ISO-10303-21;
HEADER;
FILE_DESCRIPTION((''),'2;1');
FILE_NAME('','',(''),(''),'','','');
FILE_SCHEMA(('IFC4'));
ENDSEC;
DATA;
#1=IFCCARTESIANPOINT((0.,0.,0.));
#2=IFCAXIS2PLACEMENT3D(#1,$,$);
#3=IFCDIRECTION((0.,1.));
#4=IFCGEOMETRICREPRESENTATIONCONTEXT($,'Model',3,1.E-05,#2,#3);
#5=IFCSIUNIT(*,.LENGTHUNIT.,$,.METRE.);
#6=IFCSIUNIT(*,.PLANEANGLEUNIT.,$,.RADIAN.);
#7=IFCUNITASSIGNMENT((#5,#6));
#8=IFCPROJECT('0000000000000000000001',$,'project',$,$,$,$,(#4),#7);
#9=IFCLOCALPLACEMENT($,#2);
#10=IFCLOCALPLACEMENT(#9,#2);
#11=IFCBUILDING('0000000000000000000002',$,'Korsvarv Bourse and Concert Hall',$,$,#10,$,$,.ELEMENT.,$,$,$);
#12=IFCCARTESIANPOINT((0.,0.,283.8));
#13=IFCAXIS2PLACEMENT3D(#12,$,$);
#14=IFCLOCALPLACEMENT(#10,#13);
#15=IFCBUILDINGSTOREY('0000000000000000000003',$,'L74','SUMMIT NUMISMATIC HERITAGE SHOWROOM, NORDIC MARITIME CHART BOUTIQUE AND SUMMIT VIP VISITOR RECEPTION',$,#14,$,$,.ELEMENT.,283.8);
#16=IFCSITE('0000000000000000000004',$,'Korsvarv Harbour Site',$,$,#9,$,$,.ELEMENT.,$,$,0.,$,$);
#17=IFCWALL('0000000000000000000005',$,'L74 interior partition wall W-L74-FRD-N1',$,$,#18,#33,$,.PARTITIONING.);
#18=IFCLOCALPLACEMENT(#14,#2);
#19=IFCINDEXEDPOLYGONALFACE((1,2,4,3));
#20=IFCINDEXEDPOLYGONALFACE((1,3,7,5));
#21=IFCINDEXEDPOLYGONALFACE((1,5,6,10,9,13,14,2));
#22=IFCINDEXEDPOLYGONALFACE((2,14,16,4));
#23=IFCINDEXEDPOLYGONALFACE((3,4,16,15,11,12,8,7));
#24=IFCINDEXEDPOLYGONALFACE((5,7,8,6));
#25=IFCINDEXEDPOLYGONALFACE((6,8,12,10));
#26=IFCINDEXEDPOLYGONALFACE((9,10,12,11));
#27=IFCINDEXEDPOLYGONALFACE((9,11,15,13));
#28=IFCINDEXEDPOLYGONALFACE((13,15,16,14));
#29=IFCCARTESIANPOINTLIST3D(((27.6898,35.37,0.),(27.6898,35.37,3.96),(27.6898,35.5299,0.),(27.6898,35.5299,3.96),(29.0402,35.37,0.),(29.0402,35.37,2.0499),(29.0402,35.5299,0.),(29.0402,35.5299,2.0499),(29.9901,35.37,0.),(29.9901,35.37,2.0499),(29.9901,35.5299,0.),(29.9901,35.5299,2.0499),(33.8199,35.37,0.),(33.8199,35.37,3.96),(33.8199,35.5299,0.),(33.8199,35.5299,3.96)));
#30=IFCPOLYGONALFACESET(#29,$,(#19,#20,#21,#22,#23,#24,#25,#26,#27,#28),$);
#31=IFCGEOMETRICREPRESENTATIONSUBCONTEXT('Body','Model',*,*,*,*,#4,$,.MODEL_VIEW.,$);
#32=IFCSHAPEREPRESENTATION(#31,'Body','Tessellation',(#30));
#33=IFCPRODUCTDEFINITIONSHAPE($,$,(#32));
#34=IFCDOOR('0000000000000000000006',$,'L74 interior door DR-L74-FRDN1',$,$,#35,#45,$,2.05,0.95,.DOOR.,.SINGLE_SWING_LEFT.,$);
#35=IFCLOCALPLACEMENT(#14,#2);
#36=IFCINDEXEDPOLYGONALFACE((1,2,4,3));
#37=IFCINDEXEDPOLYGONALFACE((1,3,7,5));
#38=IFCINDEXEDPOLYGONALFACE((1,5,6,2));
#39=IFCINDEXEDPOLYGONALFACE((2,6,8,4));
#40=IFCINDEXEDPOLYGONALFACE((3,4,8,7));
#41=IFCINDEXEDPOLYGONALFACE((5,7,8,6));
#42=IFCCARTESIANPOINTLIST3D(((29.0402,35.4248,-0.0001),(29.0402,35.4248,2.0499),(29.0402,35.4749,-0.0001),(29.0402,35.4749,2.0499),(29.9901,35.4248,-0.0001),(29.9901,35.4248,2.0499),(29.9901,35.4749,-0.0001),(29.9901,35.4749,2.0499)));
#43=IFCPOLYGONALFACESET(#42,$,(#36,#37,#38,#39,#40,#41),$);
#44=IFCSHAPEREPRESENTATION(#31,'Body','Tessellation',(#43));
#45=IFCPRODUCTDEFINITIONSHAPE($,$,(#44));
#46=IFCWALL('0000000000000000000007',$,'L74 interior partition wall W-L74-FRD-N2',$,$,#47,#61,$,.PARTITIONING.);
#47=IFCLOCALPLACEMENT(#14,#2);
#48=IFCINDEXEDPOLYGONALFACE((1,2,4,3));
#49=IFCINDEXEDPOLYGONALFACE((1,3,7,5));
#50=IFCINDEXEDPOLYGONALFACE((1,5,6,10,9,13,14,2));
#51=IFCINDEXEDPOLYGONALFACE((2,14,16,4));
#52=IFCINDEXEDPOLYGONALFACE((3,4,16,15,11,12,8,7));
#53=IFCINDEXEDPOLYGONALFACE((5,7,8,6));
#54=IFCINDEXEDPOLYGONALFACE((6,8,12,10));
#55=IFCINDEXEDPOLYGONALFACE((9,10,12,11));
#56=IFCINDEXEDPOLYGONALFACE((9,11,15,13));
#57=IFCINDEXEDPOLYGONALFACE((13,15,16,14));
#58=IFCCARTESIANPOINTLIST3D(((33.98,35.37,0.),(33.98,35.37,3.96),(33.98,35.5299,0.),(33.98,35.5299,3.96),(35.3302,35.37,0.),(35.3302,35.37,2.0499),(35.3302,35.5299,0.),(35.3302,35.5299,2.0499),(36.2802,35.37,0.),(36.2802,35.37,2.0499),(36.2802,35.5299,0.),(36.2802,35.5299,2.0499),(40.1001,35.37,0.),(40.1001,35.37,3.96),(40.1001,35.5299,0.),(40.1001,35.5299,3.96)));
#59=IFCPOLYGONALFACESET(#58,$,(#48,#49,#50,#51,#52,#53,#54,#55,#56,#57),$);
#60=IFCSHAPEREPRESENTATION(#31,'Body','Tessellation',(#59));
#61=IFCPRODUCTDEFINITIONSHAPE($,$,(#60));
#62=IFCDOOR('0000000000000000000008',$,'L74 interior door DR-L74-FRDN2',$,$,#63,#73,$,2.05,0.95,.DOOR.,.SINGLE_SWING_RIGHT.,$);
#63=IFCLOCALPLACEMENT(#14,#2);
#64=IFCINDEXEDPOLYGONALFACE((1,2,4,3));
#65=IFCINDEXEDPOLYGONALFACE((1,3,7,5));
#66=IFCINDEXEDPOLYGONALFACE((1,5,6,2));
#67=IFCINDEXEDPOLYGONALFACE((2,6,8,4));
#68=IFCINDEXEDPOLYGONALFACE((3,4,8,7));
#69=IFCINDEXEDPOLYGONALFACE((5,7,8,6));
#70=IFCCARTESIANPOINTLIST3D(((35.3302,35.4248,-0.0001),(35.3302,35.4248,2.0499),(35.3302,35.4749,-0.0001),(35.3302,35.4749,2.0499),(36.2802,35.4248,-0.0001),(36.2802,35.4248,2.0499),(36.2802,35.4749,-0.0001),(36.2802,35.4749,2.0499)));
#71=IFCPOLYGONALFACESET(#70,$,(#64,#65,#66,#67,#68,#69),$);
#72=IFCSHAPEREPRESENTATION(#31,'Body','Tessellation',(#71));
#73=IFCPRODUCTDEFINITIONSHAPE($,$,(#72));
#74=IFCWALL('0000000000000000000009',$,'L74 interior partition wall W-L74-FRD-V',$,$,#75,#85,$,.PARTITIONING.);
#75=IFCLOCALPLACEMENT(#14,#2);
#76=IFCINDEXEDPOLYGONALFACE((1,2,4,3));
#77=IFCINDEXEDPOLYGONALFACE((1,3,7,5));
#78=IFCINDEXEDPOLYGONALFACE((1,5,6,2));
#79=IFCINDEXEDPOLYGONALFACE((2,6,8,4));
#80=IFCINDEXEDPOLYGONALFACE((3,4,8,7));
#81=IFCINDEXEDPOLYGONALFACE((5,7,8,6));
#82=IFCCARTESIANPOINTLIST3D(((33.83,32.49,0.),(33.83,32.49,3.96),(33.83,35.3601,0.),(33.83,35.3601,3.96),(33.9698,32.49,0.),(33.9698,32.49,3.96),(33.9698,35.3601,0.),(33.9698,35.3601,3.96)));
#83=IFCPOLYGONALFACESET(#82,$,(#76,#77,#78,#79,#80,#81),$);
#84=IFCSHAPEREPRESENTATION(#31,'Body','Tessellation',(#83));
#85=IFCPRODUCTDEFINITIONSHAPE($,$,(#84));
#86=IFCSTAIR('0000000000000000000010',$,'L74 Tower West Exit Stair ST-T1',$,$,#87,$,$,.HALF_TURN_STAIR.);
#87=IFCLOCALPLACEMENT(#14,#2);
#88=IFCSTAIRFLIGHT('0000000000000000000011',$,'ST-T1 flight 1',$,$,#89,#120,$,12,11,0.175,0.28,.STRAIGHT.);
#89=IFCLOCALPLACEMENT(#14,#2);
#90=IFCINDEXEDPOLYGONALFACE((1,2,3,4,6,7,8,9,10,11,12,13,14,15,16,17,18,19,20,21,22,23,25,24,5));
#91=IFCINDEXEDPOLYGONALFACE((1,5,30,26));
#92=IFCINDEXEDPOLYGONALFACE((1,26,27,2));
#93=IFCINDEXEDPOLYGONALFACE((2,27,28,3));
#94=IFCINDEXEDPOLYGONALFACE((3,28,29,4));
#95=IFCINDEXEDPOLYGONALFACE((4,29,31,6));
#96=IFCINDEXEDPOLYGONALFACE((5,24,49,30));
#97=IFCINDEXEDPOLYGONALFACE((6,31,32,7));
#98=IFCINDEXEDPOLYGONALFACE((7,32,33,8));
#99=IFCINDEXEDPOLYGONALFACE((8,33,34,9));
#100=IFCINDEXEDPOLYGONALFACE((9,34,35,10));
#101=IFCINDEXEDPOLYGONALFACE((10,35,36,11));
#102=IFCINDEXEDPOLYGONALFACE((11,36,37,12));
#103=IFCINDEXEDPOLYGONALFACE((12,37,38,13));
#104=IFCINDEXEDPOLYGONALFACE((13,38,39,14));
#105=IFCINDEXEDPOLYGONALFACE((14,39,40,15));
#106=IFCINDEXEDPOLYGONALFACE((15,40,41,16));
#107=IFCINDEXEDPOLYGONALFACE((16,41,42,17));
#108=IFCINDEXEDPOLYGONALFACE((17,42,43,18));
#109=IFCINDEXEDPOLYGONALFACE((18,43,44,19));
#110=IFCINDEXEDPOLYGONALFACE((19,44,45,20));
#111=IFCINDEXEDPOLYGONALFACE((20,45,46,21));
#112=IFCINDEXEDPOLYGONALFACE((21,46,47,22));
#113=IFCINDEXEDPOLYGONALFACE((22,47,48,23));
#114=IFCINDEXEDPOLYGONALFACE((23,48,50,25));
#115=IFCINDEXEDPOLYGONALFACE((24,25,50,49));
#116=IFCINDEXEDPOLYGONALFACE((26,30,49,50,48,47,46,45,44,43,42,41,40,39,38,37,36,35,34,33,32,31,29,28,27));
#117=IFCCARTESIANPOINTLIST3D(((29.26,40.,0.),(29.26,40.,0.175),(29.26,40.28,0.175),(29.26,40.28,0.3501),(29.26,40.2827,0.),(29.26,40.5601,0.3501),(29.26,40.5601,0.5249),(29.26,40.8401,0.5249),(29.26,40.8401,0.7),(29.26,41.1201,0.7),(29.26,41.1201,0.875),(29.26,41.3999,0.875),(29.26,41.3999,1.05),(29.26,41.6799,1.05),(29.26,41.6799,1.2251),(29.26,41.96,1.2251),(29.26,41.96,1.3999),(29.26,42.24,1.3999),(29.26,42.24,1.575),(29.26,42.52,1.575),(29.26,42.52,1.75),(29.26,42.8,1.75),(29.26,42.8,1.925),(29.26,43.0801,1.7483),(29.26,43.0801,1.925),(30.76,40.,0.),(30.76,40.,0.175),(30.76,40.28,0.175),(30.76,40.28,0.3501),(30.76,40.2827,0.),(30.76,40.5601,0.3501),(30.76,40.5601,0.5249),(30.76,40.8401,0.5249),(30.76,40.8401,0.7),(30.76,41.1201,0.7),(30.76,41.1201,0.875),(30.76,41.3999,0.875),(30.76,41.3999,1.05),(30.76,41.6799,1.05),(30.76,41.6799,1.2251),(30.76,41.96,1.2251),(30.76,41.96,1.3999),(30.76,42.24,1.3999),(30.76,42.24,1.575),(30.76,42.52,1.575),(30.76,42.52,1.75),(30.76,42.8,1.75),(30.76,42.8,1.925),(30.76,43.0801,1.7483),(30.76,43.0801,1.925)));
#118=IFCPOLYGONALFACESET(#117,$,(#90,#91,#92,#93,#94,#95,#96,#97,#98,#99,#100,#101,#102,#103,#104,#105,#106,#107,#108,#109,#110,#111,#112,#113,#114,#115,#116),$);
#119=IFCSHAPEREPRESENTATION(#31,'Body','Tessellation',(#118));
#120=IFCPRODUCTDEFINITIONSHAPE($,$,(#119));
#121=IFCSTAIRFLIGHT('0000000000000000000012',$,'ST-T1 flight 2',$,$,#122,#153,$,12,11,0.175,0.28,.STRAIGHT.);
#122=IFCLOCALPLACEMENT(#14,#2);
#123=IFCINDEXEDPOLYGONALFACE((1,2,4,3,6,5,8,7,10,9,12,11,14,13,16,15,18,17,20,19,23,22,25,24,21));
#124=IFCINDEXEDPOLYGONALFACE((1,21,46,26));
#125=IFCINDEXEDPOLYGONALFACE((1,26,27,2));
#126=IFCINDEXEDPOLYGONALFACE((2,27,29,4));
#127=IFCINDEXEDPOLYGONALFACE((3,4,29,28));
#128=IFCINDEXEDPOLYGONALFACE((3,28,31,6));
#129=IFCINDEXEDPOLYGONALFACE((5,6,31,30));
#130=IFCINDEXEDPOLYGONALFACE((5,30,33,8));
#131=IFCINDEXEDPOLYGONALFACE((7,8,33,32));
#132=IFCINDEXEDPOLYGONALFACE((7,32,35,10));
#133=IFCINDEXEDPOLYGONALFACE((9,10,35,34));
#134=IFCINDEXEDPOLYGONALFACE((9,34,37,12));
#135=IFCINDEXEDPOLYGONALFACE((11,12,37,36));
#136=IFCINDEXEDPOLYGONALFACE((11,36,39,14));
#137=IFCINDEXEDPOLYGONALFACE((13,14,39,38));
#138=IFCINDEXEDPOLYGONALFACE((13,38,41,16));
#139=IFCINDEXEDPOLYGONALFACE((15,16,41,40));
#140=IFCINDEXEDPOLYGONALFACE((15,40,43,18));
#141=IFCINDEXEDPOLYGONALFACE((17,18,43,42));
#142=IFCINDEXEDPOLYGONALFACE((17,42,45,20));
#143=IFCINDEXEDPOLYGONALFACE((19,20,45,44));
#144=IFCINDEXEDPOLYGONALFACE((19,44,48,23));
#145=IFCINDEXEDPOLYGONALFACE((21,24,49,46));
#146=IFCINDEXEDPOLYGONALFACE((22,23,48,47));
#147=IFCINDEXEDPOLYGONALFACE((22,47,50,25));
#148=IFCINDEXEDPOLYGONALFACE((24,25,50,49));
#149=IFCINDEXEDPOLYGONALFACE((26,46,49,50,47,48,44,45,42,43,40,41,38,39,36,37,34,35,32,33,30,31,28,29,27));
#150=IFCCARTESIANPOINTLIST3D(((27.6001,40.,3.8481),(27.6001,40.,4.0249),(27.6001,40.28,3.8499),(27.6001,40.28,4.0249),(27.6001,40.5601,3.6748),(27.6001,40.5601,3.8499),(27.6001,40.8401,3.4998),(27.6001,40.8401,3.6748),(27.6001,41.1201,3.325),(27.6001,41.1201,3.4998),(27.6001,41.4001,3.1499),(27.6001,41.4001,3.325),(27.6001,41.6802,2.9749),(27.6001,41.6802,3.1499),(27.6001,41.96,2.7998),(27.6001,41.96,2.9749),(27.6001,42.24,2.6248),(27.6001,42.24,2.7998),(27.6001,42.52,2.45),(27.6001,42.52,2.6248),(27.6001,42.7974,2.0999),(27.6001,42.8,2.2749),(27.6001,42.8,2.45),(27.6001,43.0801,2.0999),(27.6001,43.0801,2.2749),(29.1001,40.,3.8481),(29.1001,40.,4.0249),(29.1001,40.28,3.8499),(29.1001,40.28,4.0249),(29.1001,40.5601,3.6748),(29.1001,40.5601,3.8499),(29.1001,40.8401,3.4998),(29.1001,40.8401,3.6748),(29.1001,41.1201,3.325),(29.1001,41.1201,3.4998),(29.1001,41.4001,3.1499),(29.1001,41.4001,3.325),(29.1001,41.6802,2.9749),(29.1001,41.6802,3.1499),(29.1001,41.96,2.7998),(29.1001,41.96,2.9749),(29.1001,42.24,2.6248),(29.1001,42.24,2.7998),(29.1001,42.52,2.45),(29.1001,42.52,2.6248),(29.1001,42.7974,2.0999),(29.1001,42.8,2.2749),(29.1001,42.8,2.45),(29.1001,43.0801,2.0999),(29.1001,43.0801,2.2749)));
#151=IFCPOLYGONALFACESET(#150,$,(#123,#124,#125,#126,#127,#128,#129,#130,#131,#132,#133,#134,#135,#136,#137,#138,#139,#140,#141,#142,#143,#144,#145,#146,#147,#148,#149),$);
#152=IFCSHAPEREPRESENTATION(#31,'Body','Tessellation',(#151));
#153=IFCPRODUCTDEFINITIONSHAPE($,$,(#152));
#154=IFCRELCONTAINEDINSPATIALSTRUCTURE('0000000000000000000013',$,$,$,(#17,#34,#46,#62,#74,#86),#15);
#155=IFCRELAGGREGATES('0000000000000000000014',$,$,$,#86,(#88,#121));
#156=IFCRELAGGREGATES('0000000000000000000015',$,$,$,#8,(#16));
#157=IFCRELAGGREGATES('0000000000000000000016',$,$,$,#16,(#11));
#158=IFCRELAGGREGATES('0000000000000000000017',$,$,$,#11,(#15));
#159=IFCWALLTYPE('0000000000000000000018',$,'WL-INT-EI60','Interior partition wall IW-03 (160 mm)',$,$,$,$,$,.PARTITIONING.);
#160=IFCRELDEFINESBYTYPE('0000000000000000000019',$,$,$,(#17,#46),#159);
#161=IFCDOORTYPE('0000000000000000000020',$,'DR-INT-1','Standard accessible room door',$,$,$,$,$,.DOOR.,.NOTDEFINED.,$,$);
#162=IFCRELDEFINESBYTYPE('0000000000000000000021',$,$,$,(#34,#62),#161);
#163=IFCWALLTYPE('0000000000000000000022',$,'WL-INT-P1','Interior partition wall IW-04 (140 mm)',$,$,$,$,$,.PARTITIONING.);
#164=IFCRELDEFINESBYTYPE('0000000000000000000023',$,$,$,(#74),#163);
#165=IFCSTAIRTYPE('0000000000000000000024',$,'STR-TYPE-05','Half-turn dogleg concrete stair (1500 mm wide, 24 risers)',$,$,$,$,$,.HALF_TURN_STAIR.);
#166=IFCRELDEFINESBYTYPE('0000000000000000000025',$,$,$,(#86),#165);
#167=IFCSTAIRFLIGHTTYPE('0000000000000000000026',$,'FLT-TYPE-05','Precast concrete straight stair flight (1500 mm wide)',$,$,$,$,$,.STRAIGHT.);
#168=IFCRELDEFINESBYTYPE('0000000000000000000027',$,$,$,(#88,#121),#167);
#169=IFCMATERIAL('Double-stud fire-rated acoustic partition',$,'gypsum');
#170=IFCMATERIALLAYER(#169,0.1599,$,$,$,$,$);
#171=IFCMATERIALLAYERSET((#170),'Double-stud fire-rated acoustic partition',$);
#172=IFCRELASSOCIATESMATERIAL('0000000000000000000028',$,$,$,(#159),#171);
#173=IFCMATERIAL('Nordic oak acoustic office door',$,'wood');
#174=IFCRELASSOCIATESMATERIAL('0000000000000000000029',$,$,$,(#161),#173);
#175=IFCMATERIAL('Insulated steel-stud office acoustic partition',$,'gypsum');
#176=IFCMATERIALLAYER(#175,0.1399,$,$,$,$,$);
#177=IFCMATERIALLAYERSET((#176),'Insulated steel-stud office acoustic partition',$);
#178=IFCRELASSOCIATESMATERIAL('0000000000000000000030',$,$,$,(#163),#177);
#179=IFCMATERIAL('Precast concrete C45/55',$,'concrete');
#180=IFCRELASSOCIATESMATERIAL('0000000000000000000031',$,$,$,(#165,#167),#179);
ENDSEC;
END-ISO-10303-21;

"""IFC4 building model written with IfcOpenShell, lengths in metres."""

from ifc_helpers import new_model, si_unit, direction, frame, frame_2d, origin, place, context, subcontext, project, spatial, polyline, rectangle, outline, extrude, material, layer, layer_set, type_object, element, fill, aggregate, save


model = new_model("IFC4")

# Units and contexts
model_context = context("Model", 3, precision=1e-05, world=origin(), true_north=direction((0.0, 1.0)))
body_context = subcontext(model_context, "Body", "Model", "MODEL_VIEW")
ifc_project = project(units=[si_unit("LENGTHUNIT", "METRE"), si_unit("PLANEANGLEUNIT", "RADIAN")], contexts=[model_context])

# Site, building, storey
site_placement = place(None, origin())
site = spatial("IfcSite", under=ifc_project, at=site_placement, Name="Korsvarv Harbour Site", CompositionType="ELEMENT", RefElevation=0.0)
building_placement = place(site_placement, origin())
building = spatial("IfcBuilding", under=site, at=building_placement, Name="Korsvarv Bourse and Concert Hall", CompositionType="ELEMENT")
storey_placement = place(building_placement, frame((0.0, 0.0, 283.8)))
storey = spatial("IfcBuildingStorey", under=building, at=storey_placement, Name="L74", Description="SUMMIT NUMISMATIC HERITAGE SHOWROOM, NORDIC MARITIME CHART BOUTIQUE AND SUMMIT VIP VISITOR RECEPTION", CompositionType="ELEMENT", Elevation=283.8)

# Shared definitions
ifc_material_1 = material(Name="Double-stud fire-rated acoustic partition", Category="gypsum")
ifc_layer_1 = layer(ifc_material_1, 0.1599)
ifc_layer_set_1 = layer_set([ifc_layer_1], Name="Double-stud fire-rated acoustic partition")
wall_type_1 = type_object("IfcWallType", Name="WL-INT-EI60", Description="Interior partition wall IW-03 (160 mm)", PredefinedType="PARTITIONING", material=ifc_layer_set_1)

# Walls, openings, doors
wall_1_placement = place(storey_placement, frame((27.6899, 35.45, 0.0), z_axis=(0.0, 0.0, 1.0), x_axis=(1.0, 0.0, 0.0)))
wall_1 = element("IfcWall", 1, at=wall_1_placement, inside=storey, type_object=wall_type_1, Name="L74 interior partition wall W-L74-FRD-N1", PredefinedType="PARTITIONING", context=body_context, shape_type="SweptSolid", body=[
    extrude(rectangle(XDim=6.1301, YDim=0.1599, at=frame_2d((3.0649, 0.0))), origin(), (0.0, 0.0, 1.0), 3.96),
])
opening_1_placement = place(wall_1_placement, frame((1.3501, 0.0, 0.0)))
opening_1 = element("IfcOpeningElement", 2, at=opening_1_placement, cuts=wall_1, PredefinedType="OPENING", context=body_context, shape_type="SweptSolid", body=[
    extrude(rectangle(XDim=0.95, YDim=2.05, at=frame_2d((0.4751, 1.0249))), frame((0.0, 0.0898, 0.0), z_axis=(0.0, -1.0, 0.0), x_axis=(1.0, 0.0, 0.0)), (0.0, 0.0, 1.0), 0.1799),
])
ifc_material_2 = material(Name="Nordic oak acoustic office door", Category="wood")
door_type_1 = type_object("IfcDoorType", Name="DR-INT-1", Description="Standard accessible room door", OperationType="NOTDEFINED", PredefinedType="DOOR", material=ifc_material_2)
door_1_placement = place(opening_1_placement, origin())
door_1 = element("IfcDoor", 3, at=door_1_placement, inside=storey, type_object=door_type_1, Name="L74 interior door DR-L74-FRDN1", OperationType="SINGLE_SWING_LEFT", OverallHeight=2.05, OverallWidth=0.95, PredefinedType="DOOR", context=body_context, shape_type="SweptSolid", body=[
    extrude(rectangle(XDim=0.95, YDim=2.05, at=frame_2d((0.4751, 1.0249))), frame((0.0, 0.0249, 0.0), z_axis=(0.0, -1.0, 0.0), x_axis=(1.0, 0.0, 0.0)), (0.0, 0.0, 1.0), 0.05),
])
fill(opening_1, door_1)
wall_2_placement = place(storey_placement, frame((33.98, 35.45, 0.0), z_axis=(0.0, 0.0, 1.0), x_axis=(1.0, 0.0, 0.0)))
wall_2 = element("IfcWall", 4, at=wall_2_placement, inside=storey, type_object=wall_type_1, Name="L74 interior partition wall W-L74-FRD-N2", PredefinedType="PARTITIONING", context=body_context, shape_type="SweptSolid", body=[
    extrude(rectangle(XDim=6.1201, YDim=0.1599, at=frame_2d((3.0601, 0.0))), origin(), (0.0, 0.0, 1.0), 3.96),
])
opening_2_placement = place(wall_2_placement, frame((1.3501, 0.0, 0.0)))
opening_2 = element("IfcOpeningElement", 5, at=opening_2_placement, cuts=wall_2, PredefinedType="OPENING", context=body_context, shape_type="SweptSolid", body=[
    extrude(rectangle(XDim=0.95, YDim=2.05, at=frame_2d((0.4751, 1.0249))), frame((0.0, 0.0898, 0.0), z_axis=(0.0, -1.0, 0.0), x_axis=(1.0, 0.0, 0.0)), (0.0, 0.0, 1.0), 0.1799),
])
door_2_placement = place(opening_2_placement, origin())
door_2 = element("IfcDoor", 6, at=door_2_placement, inside=storey, type_object=door_type_1, Name="L74 interior door DR-L74-FRDN2", OperationType="SINGLE_SWING_RIGHT", OverallHeight=2.05, OverallWidth=0.95, PredefinedType="DOOR", context=body_context, shape_type="SweptSolid", body=[
    extrude(rectangle(XDim=0.95, YDim=2.05, at=frame_2d((0.4751, 1.0249))), frame((0.0, 0.0249, 0.0), z_axis=(0.0, -1.0, 0.0), x_axis=(1.0, 0.0, 0.0)), (0.0, 0.0, 1.0), 0.05),
])
fill(opening_2, door_2)

# Wall
ifc_material_3 = material(Name="Insulated steel-stud office acoustic partition", Category="gypsum")
ifc_layer_2 = layer(ifc_material_3, 0.1399)
ifc_layer_set_2 = layer_set([ifc_layer_2], Name="Insulated steel-stud office acoustic partition")
wall_type_2 = type_object("IfcWallType", Name="WL-INT-P1", Description="Interior partition wall IW-04 (140 mm)", PredefinedType="PARTITIONING", material=ifc_layer_set_2)
wall_3_placement = place(storey_placement, frame((33.8999, 32.49, 0.0), z_axis=(0.0, 0.0, 1.0), x_axis=(0.0, 1.0, 0.0)))
element("IfcWall", 7, at=wall_3_placement, inside=storey, type_object=wall_type_2, Name="L74 interior partition wall W-L74-FRD-V", PredefinedType="PARTITIONING", context=body_context, shape_type="SweptSolid", body=[
    extrude(rectangle(XDim=2.8701, YDim=0.1399, at=frame_2d((1.4351, 0.0))), origin(), (0.0, 0.0, 1.0), 3.96),
])

# Stair, stair flights
ifc_material_4 = material(Name="Precast concrete C45/55", Category="concrete")
stair_type = type_object("IfcStairType", Name="STR-TYPE-05", Description="Half-turn dogleg concrete stair (1500 mm wide, 24 risers)", PredefinedType="HALF_TURN_STAIR", material=ifc_material_4)
stair_placement = place(storey_placement, origin())
stair = element("IfcStair", 8, at=stair_placement, inside=storey, type_object=stair_type, Name="L74 Tower West Exit Stair ST-T1", PredefinedType="HALF_TURN_STAIR")
stair_flight_type = type_object("IfcStairFlightType", Name="FLT-TYPE-05", Description="Precast concrete straight stair flight (1500 mm wide)", PredefinedType="STRAIGHT", material=ifc_material_4)
stair_flight_1_placement = place(storey_placement, frame((30.01, 40.0, 0.0), z_axis=(0.0, 0.0, 1.0), x_axis=(0.0, 1.0, 0.0)))
stair_flight_1 = element("IfcStairFlight", 9, at=stair_flight_1_placement, type_object=stair_flight_type, Name="ST-T1 flight 1", NumberOfRisers=12, NumberOfTreads=11, PredefinedType="STRAIGHT", RiserHeight=0.175, TreadLength=0.28, context=body_context, shape_type="SweptSolid", body=[
    extrude(outline(polyline([(0.0, 0.0), (0.0, 0.175), (0.28, 0.175), (0.28, 0.3501), (0.5601, 0.3501), (0.5601, 0.5249), (0.8401, 0.5249), (0.8401, 0.7), (1.1201, 0.7), (1.1201, 0.875), (1.3999, 0.875), (1.3999, 1.05), (1.6799, 1.05), (1.6799, 1.2251), (1.96, 1.2251), (1.96, 1.3999), (2.24, 1.3999), (2.24, 1.575), (2.52, 1.575), (2.52, 1.75), (2.8, 1.75), (2.8, 1.925), (3.0801, 1.925), (3.0801, 2.1001), (3.0801, 1.7483), (0.2827, 0.0), (0.0, 0.0)])), frame((0.0, 0.75, 0.0), z_axis=(0.0, -1.0, 0.0), x_axis=(1.0, 0.0, 0.0)), (0.0, 0.0, 1.0), 1.5),
])
stair_flight_2_placement = place(storey_placement, frame((28.3501, 43.0801, 2.0999), z_axis=(0.0, 0.0, 1.0), x_axis=(0.0, -1.0, 0.0)))
stair_flight_2 = element("IfcStairFlight", 10, at=stair_flight_2_placement, type_object=stair_flight_type, Name="ST-T1 flight 2", NumberOfRisers=12, NumberOfTreads=11, PredefinedType="STRAIGHT", RiserHeight=0.175, TreadLength=0.28, context=body_context, shape_type="SweptSolid", body=[
    extrude(outline(polyline([(0.0, 0.0), (0.0, 0.175), (0.28, 0.175), (0.28, 0.3501), (0.5601, 0.3501), (0.5601, 0.5249), (0.8401, 0.5249), (0.8401, 0.7), (1.1201, 0.7), (1.1201, 0.875), (1.3999, 0.875), (1.3999, 1.05), (1.6799, 1.05), (1.6799, 1.2251), (1.96, 1.2251), (1.96, 1.3999), (2.24, 1.3999), (2.24, 1.575), (2.52, 1.575), (2.52, 1.75), (2.8, 1.75), (2.8, 1.925), (3.0801, 1.925), (3.0801, 2.1001), (3.0801, 1.7483), (0.2827, 0.0), (0.0, 0.0)])), frame((0.0, 0.75, 0.0), z_axis=(0.0, -1.0, 0.0), x_axis=(1.0, 0.0, 0.0)), (0.0, 0.0, 1.0), 1.5),
])
aggregate(stair, [stair_flight_1, stair_flight_2])

save(model, "model.ifc")
